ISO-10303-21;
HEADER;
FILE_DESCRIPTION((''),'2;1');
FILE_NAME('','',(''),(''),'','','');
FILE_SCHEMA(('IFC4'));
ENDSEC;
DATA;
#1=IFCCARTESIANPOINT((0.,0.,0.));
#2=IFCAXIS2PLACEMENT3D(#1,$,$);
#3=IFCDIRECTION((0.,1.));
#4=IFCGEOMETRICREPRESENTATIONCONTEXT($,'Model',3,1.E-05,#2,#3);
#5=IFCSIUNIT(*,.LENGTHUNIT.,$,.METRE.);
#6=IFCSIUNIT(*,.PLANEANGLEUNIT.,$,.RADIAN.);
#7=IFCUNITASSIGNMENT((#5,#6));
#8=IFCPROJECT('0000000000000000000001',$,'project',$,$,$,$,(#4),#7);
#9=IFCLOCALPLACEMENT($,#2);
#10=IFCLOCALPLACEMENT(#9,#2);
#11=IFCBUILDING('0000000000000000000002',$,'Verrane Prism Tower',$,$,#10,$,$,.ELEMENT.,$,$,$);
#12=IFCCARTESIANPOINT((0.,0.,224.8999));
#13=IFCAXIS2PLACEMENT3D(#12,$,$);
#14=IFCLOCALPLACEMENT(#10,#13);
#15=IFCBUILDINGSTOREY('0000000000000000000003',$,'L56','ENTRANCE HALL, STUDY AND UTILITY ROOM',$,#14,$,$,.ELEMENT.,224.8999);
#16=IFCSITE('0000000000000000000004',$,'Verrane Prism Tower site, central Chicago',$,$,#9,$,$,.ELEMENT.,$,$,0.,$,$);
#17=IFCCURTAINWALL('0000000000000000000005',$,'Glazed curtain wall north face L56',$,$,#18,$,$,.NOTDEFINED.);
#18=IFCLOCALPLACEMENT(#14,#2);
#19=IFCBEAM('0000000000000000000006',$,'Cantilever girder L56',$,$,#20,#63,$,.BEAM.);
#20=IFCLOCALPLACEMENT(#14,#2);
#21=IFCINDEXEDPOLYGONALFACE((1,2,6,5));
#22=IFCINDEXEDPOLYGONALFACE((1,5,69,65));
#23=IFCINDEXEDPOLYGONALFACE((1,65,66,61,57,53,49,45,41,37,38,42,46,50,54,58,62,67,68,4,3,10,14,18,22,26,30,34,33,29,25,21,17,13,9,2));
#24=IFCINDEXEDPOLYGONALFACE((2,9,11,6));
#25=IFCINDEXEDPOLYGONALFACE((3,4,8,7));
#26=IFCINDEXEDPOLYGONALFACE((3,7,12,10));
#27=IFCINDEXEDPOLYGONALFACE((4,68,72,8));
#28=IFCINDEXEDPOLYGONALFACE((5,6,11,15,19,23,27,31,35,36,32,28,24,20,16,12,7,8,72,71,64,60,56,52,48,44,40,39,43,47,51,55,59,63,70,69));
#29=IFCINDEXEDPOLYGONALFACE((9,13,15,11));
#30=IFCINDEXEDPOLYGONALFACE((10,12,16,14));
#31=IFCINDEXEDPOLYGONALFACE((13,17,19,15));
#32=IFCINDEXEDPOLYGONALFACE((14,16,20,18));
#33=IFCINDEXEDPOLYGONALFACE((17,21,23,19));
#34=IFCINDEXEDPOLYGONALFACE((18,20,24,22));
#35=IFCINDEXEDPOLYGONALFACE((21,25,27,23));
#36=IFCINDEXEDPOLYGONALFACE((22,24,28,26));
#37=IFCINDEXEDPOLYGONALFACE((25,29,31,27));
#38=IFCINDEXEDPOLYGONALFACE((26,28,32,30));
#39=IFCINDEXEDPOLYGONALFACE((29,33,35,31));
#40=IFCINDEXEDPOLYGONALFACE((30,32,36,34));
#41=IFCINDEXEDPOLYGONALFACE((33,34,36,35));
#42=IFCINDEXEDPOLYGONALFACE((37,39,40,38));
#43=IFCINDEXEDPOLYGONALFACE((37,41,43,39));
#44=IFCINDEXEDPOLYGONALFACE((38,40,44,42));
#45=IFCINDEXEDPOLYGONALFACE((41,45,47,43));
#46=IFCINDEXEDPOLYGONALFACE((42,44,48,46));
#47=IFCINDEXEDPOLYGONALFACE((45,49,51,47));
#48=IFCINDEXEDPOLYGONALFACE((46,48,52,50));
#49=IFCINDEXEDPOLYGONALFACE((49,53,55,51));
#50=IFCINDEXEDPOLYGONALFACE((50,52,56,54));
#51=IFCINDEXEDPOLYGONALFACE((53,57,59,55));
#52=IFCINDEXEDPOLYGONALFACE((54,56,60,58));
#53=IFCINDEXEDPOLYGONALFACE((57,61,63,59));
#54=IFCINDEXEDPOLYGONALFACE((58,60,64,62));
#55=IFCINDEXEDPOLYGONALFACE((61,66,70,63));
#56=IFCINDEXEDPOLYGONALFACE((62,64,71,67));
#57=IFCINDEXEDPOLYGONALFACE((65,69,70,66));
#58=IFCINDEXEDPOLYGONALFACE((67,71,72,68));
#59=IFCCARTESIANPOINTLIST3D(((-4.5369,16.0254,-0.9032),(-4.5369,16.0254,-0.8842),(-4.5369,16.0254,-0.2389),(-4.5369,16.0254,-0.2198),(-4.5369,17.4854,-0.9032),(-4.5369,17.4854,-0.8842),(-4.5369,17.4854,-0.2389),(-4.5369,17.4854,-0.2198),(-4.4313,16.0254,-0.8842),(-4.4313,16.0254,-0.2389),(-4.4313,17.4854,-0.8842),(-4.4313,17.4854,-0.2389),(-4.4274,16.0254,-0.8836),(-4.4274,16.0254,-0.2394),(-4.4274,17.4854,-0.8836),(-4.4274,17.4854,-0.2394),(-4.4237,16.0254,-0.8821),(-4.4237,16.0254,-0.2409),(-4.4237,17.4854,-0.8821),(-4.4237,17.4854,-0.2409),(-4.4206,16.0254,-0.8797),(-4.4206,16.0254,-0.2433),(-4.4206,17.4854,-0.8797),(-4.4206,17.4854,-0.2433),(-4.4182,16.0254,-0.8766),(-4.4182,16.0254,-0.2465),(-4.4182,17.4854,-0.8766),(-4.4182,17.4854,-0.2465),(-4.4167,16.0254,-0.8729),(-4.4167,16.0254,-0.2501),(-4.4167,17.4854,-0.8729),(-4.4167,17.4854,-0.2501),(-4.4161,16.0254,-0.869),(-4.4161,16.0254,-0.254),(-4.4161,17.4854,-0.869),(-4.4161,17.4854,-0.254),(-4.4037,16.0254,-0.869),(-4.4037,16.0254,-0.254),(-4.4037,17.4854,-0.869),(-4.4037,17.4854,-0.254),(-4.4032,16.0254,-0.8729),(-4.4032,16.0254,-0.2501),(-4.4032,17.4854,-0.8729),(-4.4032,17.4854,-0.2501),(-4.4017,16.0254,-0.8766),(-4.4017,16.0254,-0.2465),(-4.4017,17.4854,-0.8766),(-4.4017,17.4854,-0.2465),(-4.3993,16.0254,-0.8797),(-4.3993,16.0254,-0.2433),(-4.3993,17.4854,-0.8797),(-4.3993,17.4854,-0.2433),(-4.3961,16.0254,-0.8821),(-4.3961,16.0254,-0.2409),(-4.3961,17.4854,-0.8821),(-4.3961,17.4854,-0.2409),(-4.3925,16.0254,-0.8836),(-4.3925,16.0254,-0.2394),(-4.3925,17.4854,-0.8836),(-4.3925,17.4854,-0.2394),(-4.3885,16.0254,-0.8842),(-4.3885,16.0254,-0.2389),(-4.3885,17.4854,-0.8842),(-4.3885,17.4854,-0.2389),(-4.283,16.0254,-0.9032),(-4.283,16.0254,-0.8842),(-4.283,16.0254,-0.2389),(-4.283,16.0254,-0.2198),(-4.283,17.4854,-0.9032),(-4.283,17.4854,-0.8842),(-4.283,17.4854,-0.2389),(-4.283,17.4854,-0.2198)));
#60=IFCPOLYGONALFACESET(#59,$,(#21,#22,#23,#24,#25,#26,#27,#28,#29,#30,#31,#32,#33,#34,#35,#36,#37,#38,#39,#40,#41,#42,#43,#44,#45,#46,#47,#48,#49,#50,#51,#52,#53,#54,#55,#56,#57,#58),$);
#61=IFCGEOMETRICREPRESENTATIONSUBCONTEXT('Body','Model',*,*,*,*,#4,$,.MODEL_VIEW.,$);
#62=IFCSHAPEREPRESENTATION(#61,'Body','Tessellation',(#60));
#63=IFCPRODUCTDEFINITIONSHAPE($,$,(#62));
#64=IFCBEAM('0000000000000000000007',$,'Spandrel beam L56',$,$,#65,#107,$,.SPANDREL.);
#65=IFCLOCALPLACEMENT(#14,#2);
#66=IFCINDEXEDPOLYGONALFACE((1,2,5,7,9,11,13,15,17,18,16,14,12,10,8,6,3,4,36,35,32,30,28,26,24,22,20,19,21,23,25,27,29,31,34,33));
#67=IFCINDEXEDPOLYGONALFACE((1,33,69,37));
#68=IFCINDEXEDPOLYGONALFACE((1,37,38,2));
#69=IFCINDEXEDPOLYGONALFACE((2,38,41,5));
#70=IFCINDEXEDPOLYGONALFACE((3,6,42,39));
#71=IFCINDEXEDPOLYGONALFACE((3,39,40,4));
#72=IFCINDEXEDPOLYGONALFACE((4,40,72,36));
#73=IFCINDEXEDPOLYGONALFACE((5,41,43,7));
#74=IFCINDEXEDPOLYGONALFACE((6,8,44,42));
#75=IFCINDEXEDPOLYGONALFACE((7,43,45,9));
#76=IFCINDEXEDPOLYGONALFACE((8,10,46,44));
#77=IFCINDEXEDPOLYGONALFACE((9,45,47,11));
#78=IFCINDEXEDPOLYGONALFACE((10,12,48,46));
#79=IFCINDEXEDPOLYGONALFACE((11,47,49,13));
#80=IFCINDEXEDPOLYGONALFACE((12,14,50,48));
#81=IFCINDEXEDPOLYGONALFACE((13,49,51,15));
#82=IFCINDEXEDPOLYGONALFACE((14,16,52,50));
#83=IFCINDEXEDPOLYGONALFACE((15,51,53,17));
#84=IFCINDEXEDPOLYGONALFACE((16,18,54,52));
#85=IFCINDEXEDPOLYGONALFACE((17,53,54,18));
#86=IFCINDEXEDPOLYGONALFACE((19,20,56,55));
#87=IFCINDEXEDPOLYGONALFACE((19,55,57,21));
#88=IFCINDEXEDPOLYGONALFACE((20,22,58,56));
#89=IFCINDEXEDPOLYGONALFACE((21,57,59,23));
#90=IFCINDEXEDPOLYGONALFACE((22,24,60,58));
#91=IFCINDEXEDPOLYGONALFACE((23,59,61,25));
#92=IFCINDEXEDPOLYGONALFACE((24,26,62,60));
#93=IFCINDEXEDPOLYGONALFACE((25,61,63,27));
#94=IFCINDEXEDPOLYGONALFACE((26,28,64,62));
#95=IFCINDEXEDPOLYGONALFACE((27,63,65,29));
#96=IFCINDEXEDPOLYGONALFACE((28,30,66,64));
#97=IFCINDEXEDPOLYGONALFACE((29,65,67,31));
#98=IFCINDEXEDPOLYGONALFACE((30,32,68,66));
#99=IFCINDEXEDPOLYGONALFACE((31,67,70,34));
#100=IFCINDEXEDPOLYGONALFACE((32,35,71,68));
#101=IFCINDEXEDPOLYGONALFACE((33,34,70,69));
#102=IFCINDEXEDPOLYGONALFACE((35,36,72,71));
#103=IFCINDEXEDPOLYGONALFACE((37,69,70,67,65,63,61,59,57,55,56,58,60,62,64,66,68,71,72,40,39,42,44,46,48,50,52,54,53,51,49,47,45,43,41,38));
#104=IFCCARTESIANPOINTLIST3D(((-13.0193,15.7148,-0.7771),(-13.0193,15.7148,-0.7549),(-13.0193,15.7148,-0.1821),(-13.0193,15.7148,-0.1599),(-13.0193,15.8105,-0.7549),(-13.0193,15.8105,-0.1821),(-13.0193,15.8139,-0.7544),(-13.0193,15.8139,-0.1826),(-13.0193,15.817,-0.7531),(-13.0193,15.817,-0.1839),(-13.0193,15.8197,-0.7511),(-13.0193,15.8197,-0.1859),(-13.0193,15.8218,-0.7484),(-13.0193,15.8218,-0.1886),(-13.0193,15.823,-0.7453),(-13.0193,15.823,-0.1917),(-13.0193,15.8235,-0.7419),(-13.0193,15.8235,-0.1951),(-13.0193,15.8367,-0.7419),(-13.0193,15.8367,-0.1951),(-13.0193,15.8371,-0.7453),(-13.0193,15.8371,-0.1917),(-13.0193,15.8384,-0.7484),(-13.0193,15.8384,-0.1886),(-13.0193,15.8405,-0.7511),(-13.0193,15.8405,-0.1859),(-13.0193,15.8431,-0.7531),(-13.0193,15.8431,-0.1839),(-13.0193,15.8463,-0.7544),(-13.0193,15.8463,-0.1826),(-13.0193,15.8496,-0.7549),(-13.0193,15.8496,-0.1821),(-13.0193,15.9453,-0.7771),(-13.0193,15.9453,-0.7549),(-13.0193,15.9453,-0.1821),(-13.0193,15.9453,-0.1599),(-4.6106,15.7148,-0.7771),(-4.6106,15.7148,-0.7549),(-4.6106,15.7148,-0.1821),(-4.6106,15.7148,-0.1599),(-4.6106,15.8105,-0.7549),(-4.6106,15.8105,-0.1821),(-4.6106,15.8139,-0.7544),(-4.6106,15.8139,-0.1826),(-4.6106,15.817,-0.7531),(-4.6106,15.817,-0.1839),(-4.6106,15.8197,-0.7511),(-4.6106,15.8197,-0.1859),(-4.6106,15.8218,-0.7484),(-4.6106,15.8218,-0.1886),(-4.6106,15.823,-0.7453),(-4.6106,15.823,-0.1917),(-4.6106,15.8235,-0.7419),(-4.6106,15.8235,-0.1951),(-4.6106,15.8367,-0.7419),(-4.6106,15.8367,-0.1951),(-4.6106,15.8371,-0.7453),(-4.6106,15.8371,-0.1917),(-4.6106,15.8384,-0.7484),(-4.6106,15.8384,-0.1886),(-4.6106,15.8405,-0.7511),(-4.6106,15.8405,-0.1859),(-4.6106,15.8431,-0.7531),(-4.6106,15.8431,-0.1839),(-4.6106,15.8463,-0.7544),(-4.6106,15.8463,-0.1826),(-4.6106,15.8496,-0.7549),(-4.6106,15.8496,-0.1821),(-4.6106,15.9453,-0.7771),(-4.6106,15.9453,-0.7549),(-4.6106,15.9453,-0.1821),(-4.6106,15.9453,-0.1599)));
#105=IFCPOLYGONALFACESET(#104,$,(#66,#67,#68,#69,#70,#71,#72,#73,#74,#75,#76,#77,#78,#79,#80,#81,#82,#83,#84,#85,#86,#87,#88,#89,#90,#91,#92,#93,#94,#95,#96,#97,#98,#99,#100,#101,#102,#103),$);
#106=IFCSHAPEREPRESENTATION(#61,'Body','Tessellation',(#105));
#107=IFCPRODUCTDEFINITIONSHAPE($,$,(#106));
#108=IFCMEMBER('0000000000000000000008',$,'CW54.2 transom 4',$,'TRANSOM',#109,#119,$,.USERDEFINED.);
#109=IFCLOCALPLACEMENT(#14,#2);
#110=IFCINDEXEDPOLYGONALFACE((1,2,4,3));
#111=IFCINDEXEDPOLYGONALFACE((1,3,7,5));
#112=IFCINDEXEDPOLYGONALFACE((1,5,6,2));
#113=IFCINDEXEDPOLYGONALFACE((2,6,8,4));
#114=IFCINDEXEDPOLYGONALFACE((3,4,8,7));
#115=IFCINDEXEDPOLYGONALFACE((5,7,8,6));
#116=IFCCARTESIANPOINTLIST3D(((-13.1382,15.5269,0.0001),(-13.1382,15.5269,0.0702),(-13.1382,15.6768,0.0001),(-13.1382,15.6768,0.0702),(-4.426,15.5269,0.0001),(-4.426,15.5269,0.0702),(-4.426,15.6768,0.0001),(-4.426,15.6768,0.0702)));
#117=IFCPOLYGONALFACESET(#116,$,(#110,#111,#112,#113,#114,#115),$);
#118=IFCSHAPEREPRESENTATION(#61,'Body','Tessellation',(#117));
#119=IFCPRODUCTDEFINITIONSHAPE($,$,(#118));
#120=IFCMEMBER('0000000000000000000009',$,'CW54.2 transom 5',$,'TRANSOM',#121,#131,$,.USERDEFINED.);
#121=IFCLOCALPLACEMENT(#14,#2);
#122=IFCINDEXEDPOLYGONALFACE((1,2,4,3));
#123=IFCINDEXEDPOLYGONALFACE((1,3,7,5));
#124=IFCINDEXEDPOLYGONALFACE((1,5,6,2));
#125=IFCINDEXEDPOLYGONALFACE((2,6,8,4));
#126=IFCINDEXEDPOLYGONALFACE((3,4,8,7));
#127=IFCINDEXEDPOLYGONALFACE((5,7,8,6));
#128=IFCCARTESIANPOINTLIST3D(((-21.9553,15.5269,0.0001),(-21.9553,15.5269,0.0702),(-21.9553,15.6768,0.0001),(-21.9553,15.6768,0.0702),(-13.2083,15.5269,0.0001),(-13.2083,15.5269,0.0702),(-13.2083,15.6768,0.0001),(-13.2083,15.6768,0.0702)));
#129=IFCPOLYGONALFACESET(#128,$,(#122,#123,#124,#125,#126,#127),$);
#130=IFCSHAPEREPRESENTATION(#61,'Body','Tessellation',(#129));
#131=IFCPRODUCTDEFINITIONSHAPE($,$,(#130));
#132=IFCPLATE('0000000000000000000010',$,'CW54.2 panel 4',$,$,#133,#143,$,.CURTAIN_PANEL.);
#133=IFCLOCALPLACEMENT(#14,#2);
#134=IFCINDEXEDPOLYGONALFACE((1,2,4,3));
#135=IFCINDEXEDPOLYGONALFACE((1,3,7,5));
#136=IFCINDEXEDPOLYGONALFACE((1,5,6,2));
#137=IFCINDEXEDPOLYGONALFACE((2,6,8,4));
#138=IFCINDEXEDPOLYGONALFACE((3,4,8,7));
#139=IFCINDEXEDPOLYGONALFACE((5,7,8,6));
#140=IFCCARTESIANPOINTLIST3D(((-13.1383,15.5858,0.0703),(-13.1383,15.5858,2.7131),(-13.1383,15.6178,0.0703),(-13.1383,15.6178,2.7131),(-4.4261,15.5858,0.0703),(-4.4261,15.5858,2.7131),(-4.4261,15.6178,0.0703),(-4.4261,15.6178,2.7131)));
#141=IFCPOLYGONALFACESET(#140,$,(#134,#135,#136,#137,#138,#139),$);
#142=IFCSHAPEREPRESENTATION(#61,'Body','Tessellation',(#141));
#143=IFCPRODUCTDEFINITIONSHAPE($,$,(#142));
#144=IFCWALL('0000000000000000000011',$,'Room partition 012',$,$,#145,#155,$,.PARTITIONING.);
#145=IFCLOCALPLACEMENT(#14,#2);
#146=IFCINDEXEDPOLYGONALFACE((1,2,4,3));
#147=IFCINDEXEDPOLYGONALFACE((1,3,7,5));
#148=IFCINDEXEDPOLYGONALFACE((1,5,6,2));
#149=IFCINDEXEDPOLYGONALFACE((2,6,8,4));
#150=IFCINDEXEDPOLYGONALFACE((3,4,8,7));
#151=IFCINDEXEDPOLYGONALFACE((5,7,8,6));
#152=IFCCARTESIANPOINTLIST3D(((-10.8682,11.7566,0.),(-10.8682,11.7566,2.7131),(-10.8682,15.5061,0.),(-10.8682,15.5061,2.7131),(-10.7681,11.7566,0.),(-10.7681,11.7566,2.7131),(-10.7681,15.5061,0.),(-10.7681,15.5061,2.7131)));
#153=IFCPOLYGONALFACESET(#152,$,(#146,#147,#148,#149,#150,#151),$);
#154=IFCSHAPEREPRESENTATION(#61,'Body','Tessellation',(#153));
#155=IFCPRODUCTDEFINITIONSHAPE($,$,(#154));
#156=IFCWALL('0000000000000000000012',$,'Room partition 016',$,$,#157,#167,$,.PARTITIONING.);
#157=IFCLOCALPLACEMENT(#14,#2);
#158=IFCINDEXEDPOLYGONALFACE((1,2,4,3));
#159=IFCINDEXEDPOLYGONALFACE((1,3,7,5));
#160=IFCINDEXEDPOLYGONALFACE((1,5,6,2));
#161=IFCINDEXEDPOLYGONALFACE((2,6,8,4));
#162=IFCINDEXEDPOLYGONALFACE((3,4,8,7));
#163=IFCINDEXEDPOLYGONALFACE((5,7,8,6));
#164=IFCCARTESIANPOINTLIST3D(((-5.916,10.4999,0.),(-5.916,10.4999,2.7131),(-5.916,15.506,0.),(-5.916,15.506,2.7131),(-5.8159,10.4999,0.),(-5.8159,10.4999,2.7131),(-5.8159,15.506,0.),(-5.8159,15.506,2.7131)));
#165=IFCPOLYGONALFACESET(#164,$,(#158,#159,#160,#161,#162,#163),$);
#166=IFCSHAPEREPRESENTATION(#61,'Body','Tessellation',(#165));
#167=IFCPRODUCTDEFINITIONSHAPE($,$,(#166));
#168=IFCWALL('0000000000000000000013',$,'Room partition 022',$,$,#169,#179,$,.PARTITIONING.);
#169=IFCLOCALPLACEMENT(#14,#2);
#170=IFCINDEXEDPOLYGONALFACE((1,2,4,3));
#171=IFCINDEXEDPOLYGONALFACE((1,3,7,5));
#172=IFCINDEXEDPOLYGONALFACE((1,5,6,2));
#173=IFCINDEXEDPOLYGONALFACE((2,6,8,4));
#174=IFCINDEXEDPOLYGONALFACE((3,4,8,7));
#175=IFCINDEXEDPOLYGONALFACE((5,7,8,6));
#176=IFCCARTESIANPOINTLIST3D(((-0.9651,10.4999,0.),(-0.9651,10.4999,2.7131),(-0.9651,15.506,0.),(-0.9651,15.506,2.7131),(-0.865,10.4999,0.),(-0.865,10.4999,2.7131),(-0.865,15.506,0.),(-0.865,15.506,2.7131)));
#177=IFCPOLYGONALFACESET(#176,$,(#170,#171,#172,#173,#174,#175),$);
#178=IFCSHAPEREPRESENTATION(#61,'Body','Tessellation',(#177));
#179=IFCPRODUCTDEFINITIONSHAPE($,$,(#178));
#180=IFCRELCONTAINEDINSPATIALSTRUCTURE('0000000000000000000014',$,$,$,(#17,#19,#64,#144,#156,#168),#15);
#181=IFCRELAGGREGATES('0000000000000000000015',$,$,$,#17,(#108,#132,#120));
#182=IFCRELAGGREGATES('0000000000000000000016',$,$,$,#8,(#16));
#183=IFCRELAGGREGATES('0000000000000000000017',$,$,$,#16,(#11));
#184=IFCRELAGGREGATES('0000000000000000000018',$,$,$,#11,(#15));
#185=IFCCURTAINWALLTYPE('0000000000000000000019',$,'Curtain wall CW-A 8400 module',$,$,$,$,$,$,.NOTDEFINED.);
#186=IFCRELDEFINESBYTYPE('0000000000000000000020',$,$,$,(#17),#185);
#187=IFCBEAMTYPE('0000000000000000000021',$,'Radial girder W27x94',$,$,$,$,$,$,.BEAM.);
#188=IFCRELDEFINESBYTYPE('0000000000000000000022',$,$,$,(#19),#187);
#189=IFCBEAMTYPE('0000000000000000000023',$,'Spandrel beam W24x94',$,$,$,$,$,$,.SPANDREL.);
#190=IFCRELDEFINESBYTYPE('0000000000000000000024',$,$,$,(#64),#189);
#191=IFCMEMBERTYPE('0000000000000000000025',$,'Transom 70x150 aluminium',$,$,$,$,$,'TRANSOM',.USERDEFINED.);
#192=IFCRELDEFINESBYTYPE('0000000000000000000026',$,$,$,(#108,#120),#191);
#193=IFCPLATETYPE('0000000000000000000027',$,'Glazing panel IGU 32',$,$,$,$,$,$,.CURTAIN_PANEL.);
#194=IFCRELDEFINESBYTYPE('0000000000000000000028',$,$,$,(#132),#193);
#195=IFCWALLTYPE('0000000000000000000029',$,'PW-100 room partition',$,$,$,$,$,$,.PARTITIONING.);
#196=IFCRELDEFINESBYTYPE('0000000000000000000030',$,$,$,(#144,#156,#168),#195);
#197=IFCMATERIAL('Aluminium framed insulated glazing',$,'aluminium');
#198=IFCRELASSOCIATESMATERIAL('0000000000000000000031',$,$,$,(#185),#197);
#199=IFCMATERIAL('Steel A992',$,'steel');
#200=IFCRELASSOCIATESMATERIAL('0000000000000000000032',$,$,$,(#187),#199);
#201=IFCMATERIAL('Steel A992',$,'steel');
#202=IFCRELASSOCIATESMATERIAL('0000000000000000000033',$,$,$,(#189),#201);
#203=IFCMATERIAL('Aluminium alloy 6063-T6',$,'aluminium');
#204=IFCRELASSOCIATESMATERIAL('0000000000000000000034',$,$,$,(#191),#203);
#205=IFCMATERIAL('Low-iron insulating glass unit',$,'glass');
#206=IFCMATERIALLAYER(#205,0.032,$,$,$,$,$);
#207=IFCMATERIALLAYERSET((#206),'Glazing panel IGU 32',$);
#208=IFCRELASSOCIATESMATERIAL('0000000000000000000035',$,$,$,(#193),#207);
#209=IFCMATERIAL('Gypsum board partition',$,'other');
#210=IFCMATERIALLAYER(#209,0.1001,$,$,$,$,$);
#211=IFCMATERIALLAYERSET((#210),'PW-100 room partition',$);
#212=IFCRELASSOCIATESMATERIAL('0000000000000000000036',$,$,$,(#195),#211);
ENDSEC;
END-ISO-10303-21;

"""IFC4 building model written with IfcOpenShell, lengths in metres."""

from ifc_helpers import new_model, si_unit, direction, frame, frame_2d, origin, origin_2d, place, context, subcontext, project, spatial, rectangle, i_section, extrude, material, layer, layer_set, material_profile, profile_set, type_object, element, aggregate, save


model = new_model("IFC4")

# Units and contexts
model_context = context("Model", 3, precision=1e-05, world=origin(), true_north=direction((0.0, 1.0)))
body_context = subcontext(model_context, "Body", "Model", "MODEL_VIEW")
ifc_project = project(units=[si_unit("LENGTHUNIT", "METRE"), si_unit("PLANEANGLEUNIT", "RADIAN")], contexts=[model_context])

# Site, building, storey
site_placement = place(None, origin())
site = spatial("IfcSite", under=ifc_project, at=site_placement, Name="Verrane Prism Tower site, central Chicago", CompositionType="ELEMENT", RefElevation=0.0)
building_placement = place(site_placement, origin())
building = spatial("IfcBuilding", under=site, at=building_placement, Name="Verrane Prism Tower", CompositionType="ELEMENT")
storey_placement = place(building_placement, frame((0.0, 0.0, 224.8999)))
storey = spatial("IfcBuildingStorey", under=building, at=storey_placement, Name="L56", Description="ENTRANCE HALL, STUDY AND UTILITY ROOM", CompositionType="ELEMENT", Elevation=224.8999)

# Curtain wall
ifc_material_1 = material(Name="Aluminium framed insulated glazing", Category="aluminium")
curtain_wall_type = type_object("IfcCurtainWallType", Name="Curtain wall CW-A 8400 module", PredefinedType="NOTDEFINED", material=ifc_material_1)
curtain_wall_placement = place(storey_placement, origin())
curtain_wall = element("IfcCurtainWall", 1, at=curtain_wall_placement, inside=storey, type_object=curtain_wall_type, Name="Glazed curtain wall north face L56", PredefinedType="NOTDEFINED")

# Beams
ifc_material_2 = material(Name="Steel A992", Category="steel")
ifc_material_profile_1 = material_profile(ifc_material_2, i_section(OverallWidth=0.2539, OverallDepth=0.6833, WebThickness=0.0125, FlangeThickness=0.019, FilletRadius=0.0151, at=origin_2d()), Name="W27x94")
ifc_profile_set_1 = profile_set([ifc_material_profile_1], Name="Steel A992")
beam_type_1 = type_object("IfcBeamType", Name="Radial girder W27x94", PredefinedType="BEAM", material=ifc_profile_set_1)
beam_1_placement = place(storey_placement, frame((-4.4099, 16.0254, -0.5615), z_axis=(0.0, 1.0, 0.0), x_axis=(-1.0, 0.0, 0.0)))
element("IfcBeam", 2, at=beam_1_placement, inside=storey, type_object=beam_type_1, Name="Cantilever girder L56", PredefinedType="BEAM", context=body_context, shape_type="SweptSolid", body=[
    extrude(i_section(OverallWidth=0.2539, OverallDepth=0.6833, WebThickness=0.0125, FlangeThickness=0.019, FilletRadius=0.0151, at=origin_2d()), origin(), (0.0, 0.0, 1.0), 1.46),
])
ifc_material_3 = material(Name="Steel A992", Category="steel")
ifc_material_profile_2 = material_profile(ifc_material_3, i_section(OverallWidth=0.2305, OverallDepth=0.6172, WebThickness=0.0132, FlangeThickness=0.0222, FilletRadius=0.0129, at=origin_2d()), Name="W24x94")
ifc_profile_set_2 = profile_set([ifc_material_profile_2], Name="Steel A992")
beam_type_2 = type_object("IfcBeamType", Name="Spandrel beam W24x94", PredefinedType="SPANDREL", material=ifc_profile_set_2)
beam_2_placement = place(storey_placement, frame((-4.6106, 15.8301, -0.4685), z_axis=(-1.0, 0.0, 0.0), x_axis=(0.0, -1.0, 0.0)))
element("IfcBeam", 3, at=beam_2_placement, inside=storey, type_object=beam_type_2, Name="Spandrel beam L56", PredefinedType="SPANDREL", context=body_context, shape_type="SweptSolid", body=[
    extrude(i_section(OverallWidth=0.2305, OverallDepth=0.6172, WebThickness=0.0132, FlangeThickness=0.0222, FilletRadius=0.0129, at=origin_2d()), origin(), (0.0, 0.0, 1.0), 8.4087),
])

# Members
ifc_material_4 = material(Name="Aluminium alloy 6063-T6", Category="aluminium")
ifc_material_profile_3 = material_profile(ifc_material_4, rectangle(XDim=0.1499, YDim=0.0701, at=origin_2d()), Name="Transom 70x150 aluminium")
ifc_profile_set_3 = profile_set([ifc_material_profile_3], Name="Aluminium alloy 6063-T6")
member_type_1 = type_object("IfcMemberType", Name="Transom 70x150 aluminium", ElementType="TRANSOM", PredefinedType="USERDEFINED", material=ifc_profile_set_3)
member_1_placement = place(storey_placement, frame((-4.426, 15.6018, 0.0352), z_axis=(-1.0, 0.0, 0.0), x_axis=(0.0, -1.0, 0.0)))
member_1 = element("IfcMember", 4, at=member_1_placement, type_object=member_type_1, Name="CW54.2 transom 4", ObjectType="TRANSOM", PredefinedType="USERDEFINED", context=body_context, shape_type="SweptSolid", body=[
    extrude(rectangle(XDim=0.1499, YDim=0.0701, at=origin_2d()), origin(), (0.0, 0.0, 1.0), 8.7122),
])
member_2_placement = place(storey_placement, frame((-13.2083, 15.6018, 0.0352), z_axis=(-1.0, 0.0, 0.0), x_axis=(0.0, -1.0, 0.0)))
member_2 = element("IfcMember", 5, at=member_2_placement, type_object=member_type_1, Name="CW54.2 transom 5", ObjectType="TRANSOM", PredefinedType="USERDEFINED", context=body_context, shape_type="SweptSolid", body=[
    extrude(rectangle(XDim=0.1499, YDim=0.0701, at=origin_2d()), origin(), (0.0, 0.0, 1.0), 8.7471),
])

# Plate
ifc_material_5 = material(Name="Low-iron insulating glass unit", Category="glass")
ifc_layer_1 = layer(ifc_material_5, 0.032)
ifc_layer_set_1 = layer_set([ifc_layer_1], Name="Glazing panel IGU 32")
plate_type = type_object("IfcPlateType", Name="Glazing panel IGU 32", PredefinedType="CURTAIN_PANEL", material=ifc_layer_set_1)
plate_placement = place(storey_placement, frame((-8.7822, 15.6018, 0.0703), z_axis=(0.0, 0.0, 1.0), x_axis=(-1.0, 0.0, 0.0)))
plate = element("IfcPlate", 6, at=plate_placement, type_object=plate_type, Name="CW54.2 panel 4", PredefinedType="CURTAIN_PANEL", context=body_context, shape_type="SweptSolid", body=[
    extrude(rectangle(XDim=8.7122, YDim=0.032, at=origin_2d()), origin(), (0.0, 0.0, 1.0), 2.6428),
])
aggregate(curtain_wall, [member_1, plate, member_2])

# Walls
ifc_material_6 = material(Name="Gypsum board partition", Category="other")
ifc_layer_2 = layer(ifc_material_6, 0.1001)
ifc_layer_set_2 = layer_set([ifc_layer_2], Name="PW-100 room partition")
wall_type_1 = type_object("IfcWallType", Name="PW-100 room partition", PredefinedType="PARTITIONING", material=ifc_layer_set_2)
wall_1_placement = place(storey_placement, frame((-10.8181, 11.7566, 0.0), z_axis=(0.0, 0.0, 1.0), x_axis=(0.0, 1.0, 0.0)))
element("IfcWall", 7, at=wall_1_placement, inside=storey, type_object=wall_type_1, Name="Room partition 012", PredefinedType="PARTITIONING", context=body_context, shape_type="SweptSolid", body=[
    extrude(rectangle(XDim=3.7495, YDim=0.1001, at=frame_2d((1.8748, 0.0))), origin(), (0.0, 0.0, 1.0), 2.7131),
])
for number, where, z_axis, x_axis, name in (
    (8, (-5.866, 10.5, 0.0), (0.0, 0.0, 1.0), (0.0, 1.0, 0.0), "Room partition 016"),
    (9, (-0.915, 10.5, 0.0), (0.0, 0.0, 1.0), (0.0, 1.0, 0.0), "Room partition 022"),
):
    element("IfcWall", number, at=place(storey_placement, frame(where, z_axis=z_axis, x_axis=x_axis)), inside=storey, type_object=wall_type_1, Name=name, PredefinedType="PARTITIONING", context=body_context, shape_type="SweptSolid", body=[
        extrude(rectangle(XDim=5.0061, YDim=0.1001, at=frame_2d((2.5029, 0.0))), origin(), (0.0, 0.0, 1.0), 2.7131),
    ])

save(model, "model.ifc")
